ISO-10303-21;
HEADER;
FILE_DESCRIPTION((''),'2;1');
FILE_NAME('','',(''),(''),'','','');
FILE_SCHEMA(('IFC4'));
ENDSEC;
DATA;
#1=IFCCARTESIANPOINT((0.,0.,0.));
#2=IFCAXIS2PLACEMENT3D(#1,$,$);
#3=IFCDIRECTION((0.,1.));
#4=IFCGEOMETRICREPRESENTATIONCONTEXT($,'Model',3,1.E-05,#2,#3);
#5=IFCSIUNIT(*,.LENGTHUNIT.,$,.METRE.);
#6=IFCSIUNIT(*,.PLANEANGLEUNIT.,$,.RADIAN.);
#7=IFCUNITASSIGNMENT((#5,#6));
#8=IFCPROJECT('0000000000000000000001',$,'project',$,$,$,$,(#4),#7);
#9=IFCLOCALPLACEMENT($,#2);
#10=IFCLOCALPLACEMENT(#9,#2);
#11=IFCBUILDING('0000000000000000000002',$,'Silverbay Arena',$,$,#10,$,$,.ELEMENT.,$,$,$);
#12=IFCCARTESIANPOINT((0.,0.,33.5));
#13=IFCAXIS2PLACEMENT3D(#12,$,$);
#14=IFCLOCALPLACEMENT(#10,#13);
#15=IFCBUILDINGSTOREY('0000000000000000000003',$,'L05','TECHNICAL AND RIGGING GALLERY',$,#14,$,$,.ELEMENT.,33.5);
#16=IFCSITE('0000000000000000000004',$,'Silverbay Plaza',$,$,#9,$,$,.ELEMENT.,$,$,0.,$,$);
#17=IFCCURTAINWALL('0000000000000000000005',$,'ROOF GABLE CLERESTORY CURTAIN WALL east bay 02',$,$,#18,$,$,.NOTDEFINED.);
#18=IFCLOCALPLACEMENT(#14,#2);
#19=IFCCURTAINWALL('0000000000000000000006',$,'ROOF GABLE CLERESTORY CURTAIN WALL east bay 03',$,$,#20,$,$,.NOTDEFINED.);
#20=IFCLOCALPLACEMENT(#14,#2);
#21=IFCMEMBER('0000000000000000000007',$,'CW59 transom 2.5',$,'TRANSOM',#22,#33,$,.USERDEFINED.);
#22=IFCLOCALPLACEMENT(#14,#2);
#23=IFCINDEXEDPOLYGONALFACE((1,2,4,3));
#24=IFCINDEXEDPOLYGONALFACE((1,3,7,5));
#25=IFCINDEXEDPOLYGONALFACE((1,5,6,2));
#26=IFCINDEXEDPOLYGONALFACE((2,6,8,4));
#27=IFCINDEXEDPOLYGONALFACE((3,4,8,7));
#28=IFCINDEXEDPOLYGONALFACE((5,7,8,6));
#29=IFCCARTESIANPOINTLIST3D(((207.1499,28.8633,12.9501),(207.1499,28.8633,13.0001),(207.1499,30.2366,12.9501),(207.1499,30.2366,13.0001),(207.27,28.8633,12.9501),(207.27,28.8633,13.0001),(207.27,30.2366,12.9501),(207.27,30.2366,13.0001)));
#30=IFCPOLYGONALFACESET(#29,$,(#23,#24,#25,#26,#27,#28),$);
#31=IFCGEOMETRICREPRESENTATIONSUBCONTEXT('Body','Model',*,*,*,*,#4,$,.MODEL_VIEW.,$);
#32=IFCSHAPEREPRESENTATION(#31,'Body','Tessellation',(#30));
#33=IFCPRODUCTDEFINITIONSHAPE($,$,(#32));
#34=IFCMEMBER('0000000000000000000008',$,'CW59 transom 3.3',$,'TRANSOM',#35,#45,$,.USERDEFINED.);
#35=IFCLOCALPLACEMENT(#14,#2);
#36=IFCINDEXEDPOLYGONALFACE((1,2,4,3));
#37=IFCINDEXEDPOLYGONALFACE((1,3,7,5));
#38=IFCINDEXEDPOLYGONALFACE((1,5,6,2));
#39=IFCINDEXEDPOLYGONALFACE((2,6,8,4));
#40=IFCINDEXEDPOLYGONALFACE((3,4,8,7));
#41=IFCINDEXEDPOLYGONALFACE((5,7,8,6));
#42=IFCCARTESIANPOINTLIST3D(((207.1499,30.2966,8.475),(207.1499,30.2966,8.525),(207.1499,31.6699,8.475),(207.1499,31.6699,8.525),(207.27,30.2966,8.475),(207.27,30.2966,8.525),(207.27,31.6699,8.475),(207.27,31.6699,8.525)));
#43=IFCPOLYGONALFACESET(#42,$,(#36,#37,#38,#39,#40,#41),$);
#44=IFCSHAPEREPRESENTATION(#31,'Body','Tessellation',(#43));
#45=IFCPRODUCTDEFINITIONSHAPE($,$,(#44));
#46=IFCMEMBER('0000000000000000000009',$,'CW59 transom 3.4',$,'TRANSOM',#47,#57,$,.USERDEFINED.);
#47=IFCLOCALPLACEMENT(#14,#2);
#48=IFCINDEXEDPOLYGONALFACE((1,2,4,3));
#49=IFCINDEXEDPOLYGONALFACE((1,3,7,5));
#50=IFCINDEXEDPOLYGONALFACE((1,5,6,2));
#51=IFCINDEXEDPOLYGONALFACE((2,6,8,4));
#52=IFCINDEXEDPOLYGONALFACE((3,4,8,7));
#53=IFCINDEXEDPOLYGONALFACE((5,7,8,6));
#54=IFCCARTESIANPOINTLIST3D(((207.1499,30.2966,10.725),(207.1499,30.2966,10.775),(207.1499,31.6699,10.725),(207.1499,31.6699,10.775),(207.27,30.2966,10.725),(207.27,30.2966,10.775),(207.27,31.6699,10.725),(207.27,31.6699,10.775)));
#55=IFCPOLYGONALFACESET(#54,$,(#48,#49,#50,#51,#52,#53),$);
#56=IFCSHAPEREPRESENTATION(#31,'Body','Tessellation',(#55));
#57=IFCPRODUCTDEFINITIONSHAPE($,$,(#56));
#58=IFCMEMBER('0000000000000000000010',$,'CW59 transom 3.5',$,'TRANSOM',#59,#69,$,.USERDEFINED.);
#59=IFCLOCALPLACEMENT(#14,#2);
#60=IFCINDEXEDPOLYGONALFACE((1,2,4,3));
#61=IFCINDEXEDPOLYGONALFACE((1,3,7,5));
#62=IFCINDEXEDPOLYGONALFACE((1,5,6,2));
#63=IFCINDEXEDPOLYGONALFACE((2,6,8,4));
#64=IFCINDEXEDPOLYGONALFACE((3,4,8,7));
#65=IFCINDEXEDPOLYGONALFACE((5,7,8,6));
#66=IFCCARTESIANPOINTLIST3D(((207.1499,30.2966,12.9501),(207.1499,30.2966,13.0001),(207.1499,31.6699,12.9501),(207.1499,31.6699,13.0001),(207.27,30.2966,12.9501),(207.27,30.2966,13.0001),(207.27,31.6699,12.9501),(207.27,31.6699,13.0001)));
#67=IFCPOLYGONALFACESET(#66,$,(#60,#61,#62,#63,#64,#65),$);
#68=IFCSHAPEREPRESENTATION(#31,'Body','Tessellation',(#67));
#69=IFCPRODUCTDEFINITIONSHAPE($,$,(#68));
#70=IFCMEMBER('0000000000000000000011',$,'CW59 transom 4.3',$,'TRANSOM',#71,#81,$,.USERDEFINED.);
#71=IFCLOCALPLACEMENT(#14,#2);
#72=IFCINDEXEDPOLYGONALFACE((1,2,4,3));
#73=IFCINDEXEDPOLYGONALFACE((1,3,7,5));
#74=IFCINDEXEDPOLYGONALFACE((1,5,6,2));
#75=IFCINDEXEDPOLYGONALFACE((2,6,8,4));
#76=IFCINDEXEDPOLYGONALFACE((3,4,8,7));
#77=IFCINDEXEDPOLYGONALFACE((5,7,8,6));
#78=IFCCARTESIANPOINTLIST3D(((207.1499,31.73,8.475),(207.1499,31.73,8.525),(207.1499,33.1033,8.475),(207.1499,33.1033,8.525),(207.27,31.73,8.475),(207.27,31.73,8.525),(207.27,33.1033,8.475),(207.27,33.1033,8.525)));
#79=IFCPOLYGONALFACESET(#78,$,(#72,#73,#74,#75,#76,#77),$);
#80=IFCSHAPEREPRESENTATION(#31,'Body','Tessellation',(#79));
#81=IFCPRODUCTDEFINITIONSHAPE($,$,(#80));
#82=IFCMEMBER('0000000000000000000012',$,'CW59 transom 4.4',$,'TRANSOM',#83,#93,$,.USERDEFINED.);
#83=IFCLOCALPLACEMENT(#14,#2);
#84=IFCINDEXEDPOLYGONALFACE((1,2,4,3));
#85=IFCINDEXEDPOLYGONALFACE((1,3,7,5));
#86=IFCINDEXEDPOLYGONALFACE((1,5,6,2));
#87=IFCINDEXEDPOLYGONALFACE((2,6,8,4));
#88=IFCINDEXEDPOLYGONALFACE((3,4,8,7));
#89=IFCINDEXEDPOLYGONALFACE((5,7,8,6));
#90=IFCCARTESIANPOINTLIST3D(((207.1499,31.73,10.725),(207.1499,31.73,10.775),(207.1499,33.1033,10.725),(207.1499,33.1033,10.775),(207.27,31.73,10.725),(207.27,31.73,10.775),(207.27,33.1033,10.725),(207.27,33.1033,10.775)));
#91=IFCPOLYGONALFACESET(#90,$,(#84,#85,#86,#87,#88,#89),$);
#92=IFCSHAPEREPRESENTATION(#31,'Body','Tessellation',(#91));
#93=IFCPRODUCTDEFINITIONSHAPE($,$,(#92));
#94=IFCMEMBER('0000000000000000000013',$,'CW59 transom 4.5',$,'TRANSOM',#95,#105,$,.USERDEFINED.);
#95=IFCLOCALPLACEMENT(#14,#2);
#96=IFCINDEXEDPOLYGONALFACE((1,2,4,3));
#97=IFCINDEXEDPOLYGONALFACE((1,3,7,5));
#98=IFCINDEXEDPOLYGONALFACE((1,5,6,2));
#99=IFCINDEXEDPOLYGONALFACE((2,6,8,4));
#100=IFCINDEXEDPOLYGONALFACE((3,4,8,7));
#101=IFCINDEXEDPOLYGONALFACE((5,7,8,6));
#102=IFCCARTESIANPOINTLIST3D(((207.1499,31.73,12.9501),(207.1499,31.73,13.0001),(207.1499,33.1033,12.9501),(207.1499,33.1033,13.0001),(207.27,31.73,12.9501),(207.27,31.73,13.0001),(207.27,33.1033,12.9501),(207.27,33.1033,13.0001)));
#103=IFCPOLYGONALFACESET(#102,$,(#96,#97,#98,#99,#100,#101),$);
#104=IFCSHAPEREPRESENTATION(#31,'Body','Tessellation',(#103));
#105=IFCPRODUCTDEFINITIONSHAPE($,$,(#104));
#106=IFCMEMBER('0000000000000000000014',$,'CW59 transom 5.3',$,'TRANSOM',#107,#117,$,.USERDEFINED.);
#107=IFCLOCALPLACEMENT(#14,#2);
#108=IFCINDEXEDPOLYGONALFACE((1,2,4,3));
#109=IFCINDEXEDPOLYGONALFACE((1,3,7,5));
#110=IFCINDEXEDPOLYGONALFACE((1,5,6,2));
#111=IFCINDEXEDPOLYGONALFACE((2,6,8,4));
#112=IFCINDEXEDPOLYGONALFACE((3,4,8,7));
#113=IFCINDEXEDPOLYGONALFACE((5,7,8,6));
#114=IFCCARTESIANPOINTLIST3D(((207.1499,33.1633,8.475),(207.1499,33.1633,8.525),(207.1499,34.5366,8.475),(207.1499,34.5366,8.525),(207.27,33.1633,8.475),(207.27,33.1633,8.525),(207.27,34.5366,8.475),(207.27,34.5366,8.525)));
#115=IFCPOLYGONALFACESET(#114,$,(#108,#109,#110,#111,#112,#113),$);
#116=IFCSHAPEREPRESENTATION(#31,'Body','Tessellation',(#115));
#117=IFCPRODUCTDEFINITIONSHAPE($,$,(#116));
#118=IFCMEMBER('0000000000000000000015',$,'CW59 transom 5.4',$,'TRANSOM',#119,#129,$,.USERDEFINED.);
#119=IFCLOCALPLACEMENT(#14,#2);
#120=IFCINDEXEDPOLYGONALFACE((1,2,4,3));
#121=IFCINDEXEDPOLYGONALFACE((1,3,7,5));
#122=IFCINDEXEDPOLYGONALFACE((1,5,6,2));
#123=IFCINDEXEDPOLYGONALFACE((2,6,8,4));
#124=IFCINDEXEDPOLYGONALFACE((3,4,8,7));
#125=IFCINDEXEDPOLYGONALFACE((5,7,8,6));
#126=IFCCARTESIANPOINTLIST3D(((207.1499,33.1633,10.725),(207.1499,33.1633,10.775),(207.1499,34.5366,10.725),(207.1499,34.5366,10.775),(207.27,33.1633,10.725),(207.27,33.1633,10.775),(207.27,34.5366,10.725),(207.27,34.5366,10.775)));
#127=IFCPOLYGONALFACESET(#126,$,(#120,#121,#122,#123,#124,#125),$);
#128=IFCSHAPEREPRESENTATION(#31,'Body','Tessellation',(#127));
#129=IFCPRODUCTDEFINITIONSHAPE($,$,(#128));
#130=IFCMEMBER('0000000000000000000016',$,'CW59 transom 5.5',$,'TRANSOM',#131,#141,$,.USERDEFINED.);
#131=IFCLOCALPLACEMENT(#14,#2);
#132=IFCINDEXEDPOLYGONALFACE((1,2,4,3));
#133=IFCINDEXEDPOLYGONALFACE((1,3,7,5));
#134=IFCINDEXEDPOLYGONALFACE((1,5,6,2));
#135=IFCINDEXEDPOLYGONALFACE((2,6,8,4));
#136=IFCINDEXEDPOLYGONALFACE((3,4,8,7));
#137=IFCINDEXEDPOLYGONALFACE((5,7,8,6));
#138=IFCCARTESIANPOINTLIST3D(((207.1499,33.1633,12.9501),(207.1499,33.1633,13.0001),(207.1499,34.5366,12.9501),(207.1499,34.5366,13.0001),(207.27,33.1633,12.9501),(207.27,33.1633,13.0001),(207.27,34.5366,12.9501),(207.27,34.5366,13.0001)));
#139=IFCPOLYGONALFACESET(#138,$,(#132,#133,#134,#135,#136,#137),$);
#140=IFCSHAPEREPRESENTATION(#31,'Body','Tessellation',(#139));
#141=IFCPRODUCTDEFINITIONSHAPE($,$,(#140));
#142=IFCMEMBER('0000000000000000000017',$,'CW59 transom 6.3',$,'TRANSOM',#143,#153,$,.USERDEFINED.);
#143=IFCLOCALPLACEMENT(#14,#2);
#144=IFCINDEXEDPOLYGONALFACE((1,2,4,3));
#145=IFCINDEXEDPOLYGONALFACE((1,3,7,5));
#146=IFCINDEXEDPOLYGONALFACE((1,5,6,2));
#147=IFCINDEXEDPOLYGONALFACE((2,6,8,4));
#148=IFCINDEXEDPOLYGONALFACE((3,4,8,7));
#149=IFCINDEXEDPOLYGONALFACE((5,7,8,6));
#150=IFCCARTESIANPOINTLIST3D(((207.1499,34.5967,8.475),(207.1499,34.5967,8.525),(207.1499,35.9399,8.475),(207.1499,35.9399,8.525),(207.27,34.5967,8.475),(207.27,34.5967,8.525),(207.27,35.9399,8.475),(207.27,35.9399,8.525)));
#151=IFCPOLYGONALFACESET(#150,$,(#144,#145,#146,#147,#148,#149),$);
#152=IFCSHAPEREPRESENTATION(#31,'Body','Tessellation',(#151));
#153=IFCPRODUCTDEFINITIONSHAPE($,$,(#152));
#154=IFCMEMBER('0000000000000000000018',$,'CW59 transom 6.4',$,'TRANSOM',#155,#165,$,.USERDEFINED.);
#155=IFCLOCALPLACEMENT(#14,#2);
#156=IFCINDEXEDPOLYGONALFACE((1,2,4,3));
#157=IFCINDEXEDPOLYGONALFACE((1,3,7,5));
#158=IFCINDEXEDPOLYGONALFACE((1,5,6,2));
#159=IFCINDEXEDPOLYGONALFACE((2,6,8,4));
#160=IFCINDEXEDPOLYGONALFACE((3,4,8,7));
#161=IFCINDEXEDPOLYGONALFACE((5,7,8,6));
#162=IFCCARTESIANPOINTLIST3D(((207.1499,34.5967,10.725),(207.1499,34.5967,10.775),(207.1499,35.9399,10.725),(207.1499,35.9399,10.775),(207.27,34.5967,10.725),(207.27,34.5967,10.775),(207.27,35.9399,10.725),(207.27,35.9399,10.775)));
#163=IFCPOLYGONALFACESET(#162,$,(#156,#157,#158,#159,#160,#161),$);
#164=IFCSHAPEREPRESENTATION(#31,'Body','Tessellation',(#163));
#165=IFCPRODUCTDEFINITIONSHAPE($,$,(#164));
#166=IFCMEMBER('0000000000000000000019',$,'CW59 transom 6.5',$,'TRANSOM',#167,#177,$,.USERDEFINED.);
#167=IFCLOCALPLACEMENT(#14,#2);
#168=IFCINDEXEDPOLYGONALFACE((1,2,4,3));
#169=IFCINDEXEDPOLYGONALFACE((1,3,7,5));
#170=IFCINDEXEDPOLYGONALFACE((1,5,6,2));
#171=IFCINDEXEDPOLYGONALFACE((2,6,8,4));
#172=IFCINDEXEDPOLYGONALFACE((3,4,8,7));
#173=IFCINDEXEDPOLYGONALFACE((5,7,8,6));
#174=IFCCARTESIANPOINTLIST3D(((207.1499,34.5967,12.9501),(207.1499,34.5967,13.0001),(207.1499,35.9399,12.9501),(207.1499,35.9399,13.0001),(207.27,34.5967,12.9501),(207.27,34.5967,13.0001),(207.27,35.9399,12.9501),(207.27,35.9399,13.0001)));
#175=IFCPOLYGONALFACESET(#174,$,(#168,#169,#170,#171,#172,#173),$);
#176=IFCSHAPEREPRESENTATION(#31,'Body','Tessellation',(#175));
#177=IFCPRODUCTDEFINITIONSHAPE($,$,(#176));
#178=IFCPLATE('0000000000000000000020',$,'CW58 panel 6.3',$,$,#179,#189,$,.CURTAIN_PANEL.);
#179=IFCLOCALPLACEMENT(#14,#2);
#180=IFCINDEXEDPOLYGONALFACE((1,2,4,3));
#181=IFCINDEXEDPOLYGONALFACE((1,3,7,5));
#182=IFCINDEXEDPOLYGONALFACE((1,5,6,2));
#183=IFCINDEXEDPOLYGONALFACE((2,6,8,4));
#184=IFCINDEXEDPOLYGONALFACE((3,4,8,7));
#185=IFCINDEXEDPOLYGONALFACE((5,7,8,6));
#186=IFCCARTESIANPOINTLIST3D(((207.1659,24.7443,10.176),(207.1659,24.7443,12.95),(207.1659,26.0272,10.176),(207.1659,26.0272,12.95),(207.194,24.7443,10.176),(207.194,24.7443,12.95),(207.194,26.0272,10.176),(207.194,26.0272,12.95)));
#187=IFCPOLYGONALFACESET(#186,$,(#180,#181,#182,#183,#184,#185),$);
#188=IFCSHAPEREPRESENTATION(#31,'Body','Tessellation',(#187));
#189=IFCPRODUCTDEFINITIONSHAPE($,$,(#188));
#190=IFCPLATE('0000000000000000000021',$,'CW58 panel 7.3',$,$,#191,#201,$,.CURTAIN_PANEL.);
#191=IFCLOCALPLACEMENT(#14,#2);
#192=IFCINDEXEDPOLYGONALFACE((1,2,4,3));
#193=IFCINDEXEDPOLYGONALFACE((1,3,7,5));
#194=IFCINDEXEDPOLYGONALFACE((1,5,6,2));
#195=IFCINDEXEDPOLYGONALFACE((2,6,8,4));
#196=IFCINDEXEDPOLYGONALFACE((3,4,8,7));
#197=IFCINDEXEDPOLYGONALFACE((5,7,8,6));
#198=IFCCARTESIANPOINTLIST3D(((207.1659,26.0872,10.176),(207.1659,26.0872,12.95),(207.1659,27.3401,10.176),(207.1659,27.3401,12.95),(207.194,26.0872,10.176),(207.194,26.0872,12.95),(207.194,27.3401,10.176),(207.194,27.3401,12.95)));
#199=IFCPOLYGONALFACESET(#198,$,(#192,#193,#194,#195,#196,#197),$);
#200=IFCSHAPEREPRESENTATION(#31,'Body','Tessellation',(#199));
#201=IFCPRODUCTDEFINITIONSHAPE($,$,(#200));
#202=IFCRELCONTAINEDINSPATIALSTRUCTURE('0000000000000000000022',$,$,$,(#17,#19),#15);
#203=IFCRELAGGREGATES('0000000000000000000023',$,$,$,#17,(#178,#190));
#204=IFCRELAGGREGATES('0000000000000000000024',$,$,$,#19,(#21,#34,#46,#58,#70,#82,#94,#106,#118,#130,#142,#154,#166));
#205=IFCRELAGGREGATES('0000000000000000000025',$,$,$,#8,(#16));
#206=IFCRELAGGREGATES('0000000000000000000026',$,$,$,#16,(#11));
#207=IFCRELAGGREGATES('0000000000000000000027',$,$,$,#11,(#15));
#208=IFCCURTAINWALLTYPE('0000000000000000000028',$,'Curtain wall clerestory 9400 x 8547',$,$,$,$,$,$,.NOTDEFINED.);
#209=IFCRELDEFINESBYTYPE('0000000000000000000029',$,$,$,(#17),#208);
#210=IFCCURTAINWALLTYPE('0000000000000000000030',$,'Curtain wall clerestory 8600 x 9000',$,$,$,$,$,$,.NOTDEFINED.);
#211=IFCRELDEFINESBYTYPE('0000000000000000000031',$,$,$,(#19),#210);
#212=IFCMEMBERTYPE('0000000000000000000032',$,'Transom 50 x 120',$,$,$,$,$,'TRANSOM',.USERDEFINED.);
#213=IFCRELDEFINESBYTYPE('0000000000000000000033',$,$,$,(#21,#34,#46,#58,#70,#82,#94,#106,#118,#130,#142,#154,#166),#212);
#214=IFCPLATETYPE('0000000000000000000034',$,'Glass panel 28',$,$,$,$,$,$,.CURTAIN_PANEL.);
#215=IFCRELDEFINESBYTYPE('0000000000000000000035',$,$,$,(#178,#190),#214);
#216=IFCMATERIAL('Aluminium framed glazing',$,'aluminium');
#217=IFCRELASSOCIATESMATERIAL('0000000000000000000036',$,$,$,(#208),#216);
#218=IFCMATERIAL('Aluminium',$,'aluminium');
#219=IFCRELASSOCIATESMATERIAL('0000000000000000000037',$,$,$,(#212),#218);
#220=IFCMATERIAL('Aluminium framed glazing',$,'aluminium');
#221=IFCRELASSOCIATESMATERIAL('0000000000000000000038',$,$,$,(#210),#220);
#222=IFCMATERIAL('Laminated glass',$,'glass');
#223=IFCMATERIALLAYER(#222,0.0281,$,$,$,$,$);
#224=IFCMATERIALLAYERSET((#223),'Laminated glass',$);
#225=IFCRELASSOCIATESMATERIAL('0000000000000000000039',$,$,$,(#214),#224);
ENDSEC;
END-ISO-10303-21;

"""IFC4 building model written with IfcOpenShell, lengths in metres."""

from ifc_helpers import new_model, si_unit, direction, frame, origin, origin_2d, place, context, subcontext, project, spatial, rectangle, extrude, material, layer, layer_set, material_profile, profile_set, type_object, element, aggregate, save


model = new_model("IFC4")

# Units and contexts
model_context = context("Model", 3, precision=1e-05, world=origin(), true_north=direction((0.0, 1.0)))
body_context = subcontext(model_context, "Body", "Model", "MODEL_VIEW")
ifc_project = project(units=[si_unit("LENGTHUNIT", "METRE"), si_unit("PLANEANGLEUNIT", "RADIAN")], contexts=[model_context])

# Site, building, storey
site_placement = place(None, origin())
site = spatial("IfcSite", under=ifc_project, at=site_placement, Name="Silverbay Plaza", CompositionType="ELEMENT", RefElevation=0.0)
building_placement = place(site_placement, origin())
building = spatial("IfcBuilding", under=site, at=building_placement, Name="Silverbay Arena", CompositionType="ELEMENT")
storey_placement = place(building_placement, frame((0.0, 0.0, 33.5)))
storey = spatial("IfcBuildingStorey", under=building, at=storey_placement, Name="L05", Description="TECHNICAL AND RIGGING GALLERY", CompositionType="ELEMENT", Elevation=33.5)

# Curtain walls, members
ifc_material_1 = material(Name="Aluminium framed glazing", Category="aluminium")
curtain_wall_type_1 = type_object("IfcCurtainWallType", Name="Curtain wall clerestory 9400 x 8547", PredefinedType="NOTDEFINED", material=ifc_material_1)
curtain_wall_1_placement = place(storey_placement, origin())
curtain_wall_1 = element("IfcCurtainWall", 1, at=curtain_wall_1_placement, inside=storey, type_object=curtain_wall_type_1, Name="ROOF GABLE CLERESTORY CURTAIN WALL east bay 02", PredefinedType="NOTDEFINED")
ifc_material_2 = material(Name="Aluminium", Category="aluminium")
ifc_material_profile_1 = material_profile(ifc_material_2, rectangle(XDim=0.1201, YDim=0.05, at=origin_2d()), Name="Transom 50 x 120")
ifc_profile_set_1 = profile_set([ifc_material_profile_1], Name="Aluminium")
member_type_1 = type_object("IfcMemberType", Name="Transom 50 x 120", ElementType="TRANSOM", PredefinedType="USERDEFINED", material=ifc_profile_set_1)
ifc_material_3 = material(Name="Aluminium framed glazing", Category="aluminium")
curtain_wall_type_2 = type_object("IfcCurtainWallType", Name="Curtain wall clerestory 8600 x 9000", PredefinedType="NOTDEFINED", material=ifc_material_3)
curtain_wall_2_placement = place(storey_placement, origin())
curtain_wall_2 = element("IfcCurtainWall", 2, at=curtain_wall_2_placement, inside=storey, type_object=curtain_wall_type_2, Name="ROOF GABLE CLERESTORY CURTAIN WALL east bay 03", PredefinedType="NOTDEFINED")
member_1_placement = place(storey_placement, frame((207.21, 28.8633, 12.9751), z_axis=(0.0, 1.0, 0.0), x_axis=(-1.0, 0.0, 0.0)))
member_1 = element("IfcMember", 3, at=member_1_placement, type_object=member_type_1, Name="CW59 transom 2.5", ObjectType="TRANSOM", PredefinedType="USERDEFINED", context=body_context, shape_type="SweptSolid", body=[
    extrude(rectangle(XDim=0.1201, YDim=0.05, at=origin_2d()), origin(), (0.0, 0.0, 1.0), 1.3733),
])
member_2_placement = place(storey_placement, frame((207.21, 30.2966, 8.5), z_axis=(0.0, 1.0, 0.0), x_axis=(-1.0, 0.0, 0.0)))
member_2 = element("IfcMember", 4, at=member_2_placement, type_object=member_type_1, Name="CW59 transom 3.3", ObjectType="TRANSOM", PredefinedType="USERDEFINED", context=body_context, shape_type="SweptSolid", body=[
    extrude(rectangle(XDim=0.1201, YDim=0.05, at=origin_2d()), origin(), (0.0, 0.0, 1.0), 1.3733),
])
member_3_placement = place(storey_placement, frame((207.21, 30.2966, 10.75), z_axis=(0.0, 1.0, 0.0), x_axis=(-1.0, 0.0, 0.0)))
member_3 = element("IfcMember", 5, at=member_3_placement, type_object=member_type_1, Name="CW59 transom 3.4", ObjectType="TRANSOM", PredefinedType="USERDEFINED", context=body_context, shape_type="SweptSolid", body=[
    extrude(rectangle(XDim=0.1201, YDim=0.05, at=origin_2d()), origin(), (0.0, 0.0, 1.0), 1.3733),
])
member_4_placement = place(storey_placement, frame((207.21, 30.2966, 12.9751), z_axis=(0.0, 1.0, 0.0), x_axis=(-1.0, 0.0, 0.0)))
member_4 = element("IfcMember", 6, at=member_4_placement, type_object=member_type_1, Name="CW59 transom 3.5", ObjectType="TRANSOM", PredefinedType="USERDEFINED", context=body_context, shape_type="SweptSolid", body=[
    extrude(rectangle(XDim=0.1201, YDim=0.05, at=origin_2d()), origin(), (0.0, 0.0, 1.0), 1.3733),
])
member_5_placement = place(storey_placement, frame((207.21, 31.73, 8.5), z_axis=(0.0, 1.0, 0.0), x_axis=(-1.0, 0.0, 0.0)))
member_5 = element("IfcMember", 7, at=member_5_placement, type_object=member_type_1, Name="CW59 transom 4.3", ObjectType="TRANSOM", PredefinedType="USERDEFINED", context=body_context, shape_type="SweptSolid", body=[
    extrude(rectangle(XDim=0.1201, YDim=0.05, at=origin_2d()), origin(), (0.0, 0.0, 1.0), 1.3733),
])
member_6_placement = place(storey_placement, frame((207.21, 31.73, 10.75), z_axis=(0.0, 1.0, 0.0), x_axis=(-1.0, 0.0, 0.0)))
member_6 = element("IfcMember", 8, at=member_6_placement, type_object=member_type_1, Name="CW59 transom 4.4", ObjectType="TRANSOM", PredefinedType="USERDEFINED", context=body_context, shape_type="SweptSolid", body=[
    extrude(rectangle(XDim=0.1201, YDim=0.05, at=origin_2d()), origin(), (0.0, 0.0, 1.0), 1.3733),
])
member_7_placement = place(storey_placement, frame((207.21, 31.73, 12.9751), z_axis=(0.0, 1.0, 0.0), x_axis=(-1.0, 0.0, 0.0)))
member_7 = element("IfcMember", 9, at=member_7_placement, type_object=member_type_1, Name="CW59 transom 4.5", ObjectType="TRANSOM", PredefinedType="USERDEFINED", context=body_context, shape_type="SweptSolid", body=[
    extrude(rectangle(XDim=0.1201, YDim=0.05, at=origin_2d()), origin(), (0.0, 0.0, 1.0), 1.3733),
])
member_8_placement = place(storey_placement, frame((207.21, 33.1633, 8.5), z_axis=(0.0, 1.0, 0.0), x_axis=(-1.0, 0.0, 0.0)))
member_8 = element("IfcMember", 10, at=member_8_placement, type_object=member_type_1, Name="CW59 transom 5.3", ObjectType="TRANSOM", PredefinedType="USERDEFINED", context=body_context, shape_type="SweptSolid", body=[
    extrude(rectangle(XDim=0.1201, YDim=0.05, at=origin_2d()), origin(), (0.0, 0.0, 1.0), 1.3733),
])
member_9_placement = place(storey_placement, frame((207.21, 33.1633, 10.75), z_axis=(0.0, 1.0, 0.0), x_axis=(-1.0, 0.0, 0.0)))
member_9 = element("IfcMember", 11, at=member_9_placement, type_object=member_type_1, Name="CW59 transom 5.4", ObjectType="TRANSOM", PredefinedType="USERDEFINED", context=body_context, shape_type="SweptSolid", body=[
    extrude(rectangle(XDim=0.1201, YDim=0.05, at=origin_2d()), origin(), (0.0, 0.0, 1.0), 1.3733),
])
member_10_placement = place(storey_placement, frame((207.21, 33.1633, 12.9751), z_axis=(0.0, 1.0, 0.0), x_axis=(-1.0, 0.0, 0.0)))
member_10 = element("IfcMember", 12, at=member_10_placement, type_object=member_type_1, Name="CW59 transom 5.5", ObjectType="TRANSOM", PredefinedType="USERDEFINED", context=body_context, shape_type="SweptSolid", body=[
    extrude(rectangle(XDim=0.1201, YDim=0.05, at=origin_2d()), origin(), (0.0, 0.0, 1.0), 1.3733),
])
member_11_placement = place(storey_placement, frame((207.21, 34.5967, 8.5), z_axis=(0.0, 1.0, 0.0), x_axis=(-1.0, 0.0, 0.0)))
member_11 = element("IfcMember", 13, at=member_11_placement, type_object=member_type_1, Name="CW59 transom 6.3", ObjectType="TRANSOM", PredefinedType="USERDEFINED", context=body_context, shape_type="SweptSolid", body=[
    extrude(rectangle(XDim=0.1201, YDim=0.05, at=origin_2d()), origin(), (0.0, 0.0, 1.0), 1.3433),
])
member_12_placement = place(storey_placement, frame((207.21, 34.5967, 10.75), z_axis=(0.0, 1.0, 0.0), x_axis=(-1.0, 0.0, 0.0)))
member_12 = element("IfcMember", 14, at=member_12_placement, type_object=member_type_1, Name="CW59 transom 6.4", ObjectType="TRANSOM", PredefinedType="USERDEFINED", context=body_context, shape_type="SweptSolid", body=[
    extrude(rectangle(XDim=0.1201, YDim=0.05, at=origin_2d()), origin(), (0.0, 0.0, 1.0), 1.3433),
])
member_13_placement = place(storey_placement, frame((207.21, 34.5967, 12.9751), z_axis=(0.0, 1.0, 0.0), x_axis=(-1.0, 0.0, 0.0)))
member_13 = element("IfcMember", 15, at=member_13_placement, type_object=member_type_1, Name="CW59 transom 6.5", ObjectType="TRANSOM", PredefinedType="USERDEFINED", context=body_context, shape_type="SweptSolid", body=[
    extrude(rectangle(XDim=0.1201, YDim=0.05, at=origin_2d()), origin(), (0.0, 0.0, 1.0), 1.3433),
])

# Plates
ifc_material_4 = material(Name="Laminated glass", Category="glass")
ifc_layer = layer(ifc_material_4, 0.0281)
ifc_layer_set = layer_set([ifc_layer], Name="Laminated glass")
plate_type = type_object("IfcPlateType", Name="Glass panel 28", PredefinedType="CURTAIN_PANEL", material=ifc_layer_set)
plate_1_placement = place(storey_placement, frame((207.1799, 25.3857, 10.176), z_axis=(0.0, 0.0, 1.0), x_axis=(0.0, 1.0, 0.0)))
plate_1 = element("IfcPlate", 16, at=plate_1_placement, type_object=plate_type, Name="CW58 panel 6.3", PredefinedType="CURTAIN_PANEL", context=body_context, shape_type="SweptSolid", body=[
    extrude(rectangle(XDim=1.283, YDim=0.0281, at=origin_2d()), origin(), (0.0, 0.0, 1.0), 2.7739),
])
plate_2_placement = place(storey_placement, frame((207.1799, 26.7136, 10.176), z_axis=(0.0, 0.0, 1.0), x_axis=(0.0, 1.0, 0.0)))
plate_2 = element("IfcPlate", 17, at=plate_2_placement, type_object=plate_type, Name="CW58 panel 7.3", PredefinedType="CURTAIN_PANEL", context=body_context, shape_type="SweptSolid", body=[
    extrude(rectangle(XDim=1.2529, YDim=0.0281, at=origin_2d()), origin(), (0.0, 0.0, 1.0), 2.7739),
])
aggregate(curtain_wall_1, [plate_1, plate_2])
aggregate(curtain_wall_2, [member_1, member_2, member_3, member_4, member_5, member_6, member_7, member_8, member_9, member_10, member_11, member_12, member_13])

save(model, "model.ifc")
